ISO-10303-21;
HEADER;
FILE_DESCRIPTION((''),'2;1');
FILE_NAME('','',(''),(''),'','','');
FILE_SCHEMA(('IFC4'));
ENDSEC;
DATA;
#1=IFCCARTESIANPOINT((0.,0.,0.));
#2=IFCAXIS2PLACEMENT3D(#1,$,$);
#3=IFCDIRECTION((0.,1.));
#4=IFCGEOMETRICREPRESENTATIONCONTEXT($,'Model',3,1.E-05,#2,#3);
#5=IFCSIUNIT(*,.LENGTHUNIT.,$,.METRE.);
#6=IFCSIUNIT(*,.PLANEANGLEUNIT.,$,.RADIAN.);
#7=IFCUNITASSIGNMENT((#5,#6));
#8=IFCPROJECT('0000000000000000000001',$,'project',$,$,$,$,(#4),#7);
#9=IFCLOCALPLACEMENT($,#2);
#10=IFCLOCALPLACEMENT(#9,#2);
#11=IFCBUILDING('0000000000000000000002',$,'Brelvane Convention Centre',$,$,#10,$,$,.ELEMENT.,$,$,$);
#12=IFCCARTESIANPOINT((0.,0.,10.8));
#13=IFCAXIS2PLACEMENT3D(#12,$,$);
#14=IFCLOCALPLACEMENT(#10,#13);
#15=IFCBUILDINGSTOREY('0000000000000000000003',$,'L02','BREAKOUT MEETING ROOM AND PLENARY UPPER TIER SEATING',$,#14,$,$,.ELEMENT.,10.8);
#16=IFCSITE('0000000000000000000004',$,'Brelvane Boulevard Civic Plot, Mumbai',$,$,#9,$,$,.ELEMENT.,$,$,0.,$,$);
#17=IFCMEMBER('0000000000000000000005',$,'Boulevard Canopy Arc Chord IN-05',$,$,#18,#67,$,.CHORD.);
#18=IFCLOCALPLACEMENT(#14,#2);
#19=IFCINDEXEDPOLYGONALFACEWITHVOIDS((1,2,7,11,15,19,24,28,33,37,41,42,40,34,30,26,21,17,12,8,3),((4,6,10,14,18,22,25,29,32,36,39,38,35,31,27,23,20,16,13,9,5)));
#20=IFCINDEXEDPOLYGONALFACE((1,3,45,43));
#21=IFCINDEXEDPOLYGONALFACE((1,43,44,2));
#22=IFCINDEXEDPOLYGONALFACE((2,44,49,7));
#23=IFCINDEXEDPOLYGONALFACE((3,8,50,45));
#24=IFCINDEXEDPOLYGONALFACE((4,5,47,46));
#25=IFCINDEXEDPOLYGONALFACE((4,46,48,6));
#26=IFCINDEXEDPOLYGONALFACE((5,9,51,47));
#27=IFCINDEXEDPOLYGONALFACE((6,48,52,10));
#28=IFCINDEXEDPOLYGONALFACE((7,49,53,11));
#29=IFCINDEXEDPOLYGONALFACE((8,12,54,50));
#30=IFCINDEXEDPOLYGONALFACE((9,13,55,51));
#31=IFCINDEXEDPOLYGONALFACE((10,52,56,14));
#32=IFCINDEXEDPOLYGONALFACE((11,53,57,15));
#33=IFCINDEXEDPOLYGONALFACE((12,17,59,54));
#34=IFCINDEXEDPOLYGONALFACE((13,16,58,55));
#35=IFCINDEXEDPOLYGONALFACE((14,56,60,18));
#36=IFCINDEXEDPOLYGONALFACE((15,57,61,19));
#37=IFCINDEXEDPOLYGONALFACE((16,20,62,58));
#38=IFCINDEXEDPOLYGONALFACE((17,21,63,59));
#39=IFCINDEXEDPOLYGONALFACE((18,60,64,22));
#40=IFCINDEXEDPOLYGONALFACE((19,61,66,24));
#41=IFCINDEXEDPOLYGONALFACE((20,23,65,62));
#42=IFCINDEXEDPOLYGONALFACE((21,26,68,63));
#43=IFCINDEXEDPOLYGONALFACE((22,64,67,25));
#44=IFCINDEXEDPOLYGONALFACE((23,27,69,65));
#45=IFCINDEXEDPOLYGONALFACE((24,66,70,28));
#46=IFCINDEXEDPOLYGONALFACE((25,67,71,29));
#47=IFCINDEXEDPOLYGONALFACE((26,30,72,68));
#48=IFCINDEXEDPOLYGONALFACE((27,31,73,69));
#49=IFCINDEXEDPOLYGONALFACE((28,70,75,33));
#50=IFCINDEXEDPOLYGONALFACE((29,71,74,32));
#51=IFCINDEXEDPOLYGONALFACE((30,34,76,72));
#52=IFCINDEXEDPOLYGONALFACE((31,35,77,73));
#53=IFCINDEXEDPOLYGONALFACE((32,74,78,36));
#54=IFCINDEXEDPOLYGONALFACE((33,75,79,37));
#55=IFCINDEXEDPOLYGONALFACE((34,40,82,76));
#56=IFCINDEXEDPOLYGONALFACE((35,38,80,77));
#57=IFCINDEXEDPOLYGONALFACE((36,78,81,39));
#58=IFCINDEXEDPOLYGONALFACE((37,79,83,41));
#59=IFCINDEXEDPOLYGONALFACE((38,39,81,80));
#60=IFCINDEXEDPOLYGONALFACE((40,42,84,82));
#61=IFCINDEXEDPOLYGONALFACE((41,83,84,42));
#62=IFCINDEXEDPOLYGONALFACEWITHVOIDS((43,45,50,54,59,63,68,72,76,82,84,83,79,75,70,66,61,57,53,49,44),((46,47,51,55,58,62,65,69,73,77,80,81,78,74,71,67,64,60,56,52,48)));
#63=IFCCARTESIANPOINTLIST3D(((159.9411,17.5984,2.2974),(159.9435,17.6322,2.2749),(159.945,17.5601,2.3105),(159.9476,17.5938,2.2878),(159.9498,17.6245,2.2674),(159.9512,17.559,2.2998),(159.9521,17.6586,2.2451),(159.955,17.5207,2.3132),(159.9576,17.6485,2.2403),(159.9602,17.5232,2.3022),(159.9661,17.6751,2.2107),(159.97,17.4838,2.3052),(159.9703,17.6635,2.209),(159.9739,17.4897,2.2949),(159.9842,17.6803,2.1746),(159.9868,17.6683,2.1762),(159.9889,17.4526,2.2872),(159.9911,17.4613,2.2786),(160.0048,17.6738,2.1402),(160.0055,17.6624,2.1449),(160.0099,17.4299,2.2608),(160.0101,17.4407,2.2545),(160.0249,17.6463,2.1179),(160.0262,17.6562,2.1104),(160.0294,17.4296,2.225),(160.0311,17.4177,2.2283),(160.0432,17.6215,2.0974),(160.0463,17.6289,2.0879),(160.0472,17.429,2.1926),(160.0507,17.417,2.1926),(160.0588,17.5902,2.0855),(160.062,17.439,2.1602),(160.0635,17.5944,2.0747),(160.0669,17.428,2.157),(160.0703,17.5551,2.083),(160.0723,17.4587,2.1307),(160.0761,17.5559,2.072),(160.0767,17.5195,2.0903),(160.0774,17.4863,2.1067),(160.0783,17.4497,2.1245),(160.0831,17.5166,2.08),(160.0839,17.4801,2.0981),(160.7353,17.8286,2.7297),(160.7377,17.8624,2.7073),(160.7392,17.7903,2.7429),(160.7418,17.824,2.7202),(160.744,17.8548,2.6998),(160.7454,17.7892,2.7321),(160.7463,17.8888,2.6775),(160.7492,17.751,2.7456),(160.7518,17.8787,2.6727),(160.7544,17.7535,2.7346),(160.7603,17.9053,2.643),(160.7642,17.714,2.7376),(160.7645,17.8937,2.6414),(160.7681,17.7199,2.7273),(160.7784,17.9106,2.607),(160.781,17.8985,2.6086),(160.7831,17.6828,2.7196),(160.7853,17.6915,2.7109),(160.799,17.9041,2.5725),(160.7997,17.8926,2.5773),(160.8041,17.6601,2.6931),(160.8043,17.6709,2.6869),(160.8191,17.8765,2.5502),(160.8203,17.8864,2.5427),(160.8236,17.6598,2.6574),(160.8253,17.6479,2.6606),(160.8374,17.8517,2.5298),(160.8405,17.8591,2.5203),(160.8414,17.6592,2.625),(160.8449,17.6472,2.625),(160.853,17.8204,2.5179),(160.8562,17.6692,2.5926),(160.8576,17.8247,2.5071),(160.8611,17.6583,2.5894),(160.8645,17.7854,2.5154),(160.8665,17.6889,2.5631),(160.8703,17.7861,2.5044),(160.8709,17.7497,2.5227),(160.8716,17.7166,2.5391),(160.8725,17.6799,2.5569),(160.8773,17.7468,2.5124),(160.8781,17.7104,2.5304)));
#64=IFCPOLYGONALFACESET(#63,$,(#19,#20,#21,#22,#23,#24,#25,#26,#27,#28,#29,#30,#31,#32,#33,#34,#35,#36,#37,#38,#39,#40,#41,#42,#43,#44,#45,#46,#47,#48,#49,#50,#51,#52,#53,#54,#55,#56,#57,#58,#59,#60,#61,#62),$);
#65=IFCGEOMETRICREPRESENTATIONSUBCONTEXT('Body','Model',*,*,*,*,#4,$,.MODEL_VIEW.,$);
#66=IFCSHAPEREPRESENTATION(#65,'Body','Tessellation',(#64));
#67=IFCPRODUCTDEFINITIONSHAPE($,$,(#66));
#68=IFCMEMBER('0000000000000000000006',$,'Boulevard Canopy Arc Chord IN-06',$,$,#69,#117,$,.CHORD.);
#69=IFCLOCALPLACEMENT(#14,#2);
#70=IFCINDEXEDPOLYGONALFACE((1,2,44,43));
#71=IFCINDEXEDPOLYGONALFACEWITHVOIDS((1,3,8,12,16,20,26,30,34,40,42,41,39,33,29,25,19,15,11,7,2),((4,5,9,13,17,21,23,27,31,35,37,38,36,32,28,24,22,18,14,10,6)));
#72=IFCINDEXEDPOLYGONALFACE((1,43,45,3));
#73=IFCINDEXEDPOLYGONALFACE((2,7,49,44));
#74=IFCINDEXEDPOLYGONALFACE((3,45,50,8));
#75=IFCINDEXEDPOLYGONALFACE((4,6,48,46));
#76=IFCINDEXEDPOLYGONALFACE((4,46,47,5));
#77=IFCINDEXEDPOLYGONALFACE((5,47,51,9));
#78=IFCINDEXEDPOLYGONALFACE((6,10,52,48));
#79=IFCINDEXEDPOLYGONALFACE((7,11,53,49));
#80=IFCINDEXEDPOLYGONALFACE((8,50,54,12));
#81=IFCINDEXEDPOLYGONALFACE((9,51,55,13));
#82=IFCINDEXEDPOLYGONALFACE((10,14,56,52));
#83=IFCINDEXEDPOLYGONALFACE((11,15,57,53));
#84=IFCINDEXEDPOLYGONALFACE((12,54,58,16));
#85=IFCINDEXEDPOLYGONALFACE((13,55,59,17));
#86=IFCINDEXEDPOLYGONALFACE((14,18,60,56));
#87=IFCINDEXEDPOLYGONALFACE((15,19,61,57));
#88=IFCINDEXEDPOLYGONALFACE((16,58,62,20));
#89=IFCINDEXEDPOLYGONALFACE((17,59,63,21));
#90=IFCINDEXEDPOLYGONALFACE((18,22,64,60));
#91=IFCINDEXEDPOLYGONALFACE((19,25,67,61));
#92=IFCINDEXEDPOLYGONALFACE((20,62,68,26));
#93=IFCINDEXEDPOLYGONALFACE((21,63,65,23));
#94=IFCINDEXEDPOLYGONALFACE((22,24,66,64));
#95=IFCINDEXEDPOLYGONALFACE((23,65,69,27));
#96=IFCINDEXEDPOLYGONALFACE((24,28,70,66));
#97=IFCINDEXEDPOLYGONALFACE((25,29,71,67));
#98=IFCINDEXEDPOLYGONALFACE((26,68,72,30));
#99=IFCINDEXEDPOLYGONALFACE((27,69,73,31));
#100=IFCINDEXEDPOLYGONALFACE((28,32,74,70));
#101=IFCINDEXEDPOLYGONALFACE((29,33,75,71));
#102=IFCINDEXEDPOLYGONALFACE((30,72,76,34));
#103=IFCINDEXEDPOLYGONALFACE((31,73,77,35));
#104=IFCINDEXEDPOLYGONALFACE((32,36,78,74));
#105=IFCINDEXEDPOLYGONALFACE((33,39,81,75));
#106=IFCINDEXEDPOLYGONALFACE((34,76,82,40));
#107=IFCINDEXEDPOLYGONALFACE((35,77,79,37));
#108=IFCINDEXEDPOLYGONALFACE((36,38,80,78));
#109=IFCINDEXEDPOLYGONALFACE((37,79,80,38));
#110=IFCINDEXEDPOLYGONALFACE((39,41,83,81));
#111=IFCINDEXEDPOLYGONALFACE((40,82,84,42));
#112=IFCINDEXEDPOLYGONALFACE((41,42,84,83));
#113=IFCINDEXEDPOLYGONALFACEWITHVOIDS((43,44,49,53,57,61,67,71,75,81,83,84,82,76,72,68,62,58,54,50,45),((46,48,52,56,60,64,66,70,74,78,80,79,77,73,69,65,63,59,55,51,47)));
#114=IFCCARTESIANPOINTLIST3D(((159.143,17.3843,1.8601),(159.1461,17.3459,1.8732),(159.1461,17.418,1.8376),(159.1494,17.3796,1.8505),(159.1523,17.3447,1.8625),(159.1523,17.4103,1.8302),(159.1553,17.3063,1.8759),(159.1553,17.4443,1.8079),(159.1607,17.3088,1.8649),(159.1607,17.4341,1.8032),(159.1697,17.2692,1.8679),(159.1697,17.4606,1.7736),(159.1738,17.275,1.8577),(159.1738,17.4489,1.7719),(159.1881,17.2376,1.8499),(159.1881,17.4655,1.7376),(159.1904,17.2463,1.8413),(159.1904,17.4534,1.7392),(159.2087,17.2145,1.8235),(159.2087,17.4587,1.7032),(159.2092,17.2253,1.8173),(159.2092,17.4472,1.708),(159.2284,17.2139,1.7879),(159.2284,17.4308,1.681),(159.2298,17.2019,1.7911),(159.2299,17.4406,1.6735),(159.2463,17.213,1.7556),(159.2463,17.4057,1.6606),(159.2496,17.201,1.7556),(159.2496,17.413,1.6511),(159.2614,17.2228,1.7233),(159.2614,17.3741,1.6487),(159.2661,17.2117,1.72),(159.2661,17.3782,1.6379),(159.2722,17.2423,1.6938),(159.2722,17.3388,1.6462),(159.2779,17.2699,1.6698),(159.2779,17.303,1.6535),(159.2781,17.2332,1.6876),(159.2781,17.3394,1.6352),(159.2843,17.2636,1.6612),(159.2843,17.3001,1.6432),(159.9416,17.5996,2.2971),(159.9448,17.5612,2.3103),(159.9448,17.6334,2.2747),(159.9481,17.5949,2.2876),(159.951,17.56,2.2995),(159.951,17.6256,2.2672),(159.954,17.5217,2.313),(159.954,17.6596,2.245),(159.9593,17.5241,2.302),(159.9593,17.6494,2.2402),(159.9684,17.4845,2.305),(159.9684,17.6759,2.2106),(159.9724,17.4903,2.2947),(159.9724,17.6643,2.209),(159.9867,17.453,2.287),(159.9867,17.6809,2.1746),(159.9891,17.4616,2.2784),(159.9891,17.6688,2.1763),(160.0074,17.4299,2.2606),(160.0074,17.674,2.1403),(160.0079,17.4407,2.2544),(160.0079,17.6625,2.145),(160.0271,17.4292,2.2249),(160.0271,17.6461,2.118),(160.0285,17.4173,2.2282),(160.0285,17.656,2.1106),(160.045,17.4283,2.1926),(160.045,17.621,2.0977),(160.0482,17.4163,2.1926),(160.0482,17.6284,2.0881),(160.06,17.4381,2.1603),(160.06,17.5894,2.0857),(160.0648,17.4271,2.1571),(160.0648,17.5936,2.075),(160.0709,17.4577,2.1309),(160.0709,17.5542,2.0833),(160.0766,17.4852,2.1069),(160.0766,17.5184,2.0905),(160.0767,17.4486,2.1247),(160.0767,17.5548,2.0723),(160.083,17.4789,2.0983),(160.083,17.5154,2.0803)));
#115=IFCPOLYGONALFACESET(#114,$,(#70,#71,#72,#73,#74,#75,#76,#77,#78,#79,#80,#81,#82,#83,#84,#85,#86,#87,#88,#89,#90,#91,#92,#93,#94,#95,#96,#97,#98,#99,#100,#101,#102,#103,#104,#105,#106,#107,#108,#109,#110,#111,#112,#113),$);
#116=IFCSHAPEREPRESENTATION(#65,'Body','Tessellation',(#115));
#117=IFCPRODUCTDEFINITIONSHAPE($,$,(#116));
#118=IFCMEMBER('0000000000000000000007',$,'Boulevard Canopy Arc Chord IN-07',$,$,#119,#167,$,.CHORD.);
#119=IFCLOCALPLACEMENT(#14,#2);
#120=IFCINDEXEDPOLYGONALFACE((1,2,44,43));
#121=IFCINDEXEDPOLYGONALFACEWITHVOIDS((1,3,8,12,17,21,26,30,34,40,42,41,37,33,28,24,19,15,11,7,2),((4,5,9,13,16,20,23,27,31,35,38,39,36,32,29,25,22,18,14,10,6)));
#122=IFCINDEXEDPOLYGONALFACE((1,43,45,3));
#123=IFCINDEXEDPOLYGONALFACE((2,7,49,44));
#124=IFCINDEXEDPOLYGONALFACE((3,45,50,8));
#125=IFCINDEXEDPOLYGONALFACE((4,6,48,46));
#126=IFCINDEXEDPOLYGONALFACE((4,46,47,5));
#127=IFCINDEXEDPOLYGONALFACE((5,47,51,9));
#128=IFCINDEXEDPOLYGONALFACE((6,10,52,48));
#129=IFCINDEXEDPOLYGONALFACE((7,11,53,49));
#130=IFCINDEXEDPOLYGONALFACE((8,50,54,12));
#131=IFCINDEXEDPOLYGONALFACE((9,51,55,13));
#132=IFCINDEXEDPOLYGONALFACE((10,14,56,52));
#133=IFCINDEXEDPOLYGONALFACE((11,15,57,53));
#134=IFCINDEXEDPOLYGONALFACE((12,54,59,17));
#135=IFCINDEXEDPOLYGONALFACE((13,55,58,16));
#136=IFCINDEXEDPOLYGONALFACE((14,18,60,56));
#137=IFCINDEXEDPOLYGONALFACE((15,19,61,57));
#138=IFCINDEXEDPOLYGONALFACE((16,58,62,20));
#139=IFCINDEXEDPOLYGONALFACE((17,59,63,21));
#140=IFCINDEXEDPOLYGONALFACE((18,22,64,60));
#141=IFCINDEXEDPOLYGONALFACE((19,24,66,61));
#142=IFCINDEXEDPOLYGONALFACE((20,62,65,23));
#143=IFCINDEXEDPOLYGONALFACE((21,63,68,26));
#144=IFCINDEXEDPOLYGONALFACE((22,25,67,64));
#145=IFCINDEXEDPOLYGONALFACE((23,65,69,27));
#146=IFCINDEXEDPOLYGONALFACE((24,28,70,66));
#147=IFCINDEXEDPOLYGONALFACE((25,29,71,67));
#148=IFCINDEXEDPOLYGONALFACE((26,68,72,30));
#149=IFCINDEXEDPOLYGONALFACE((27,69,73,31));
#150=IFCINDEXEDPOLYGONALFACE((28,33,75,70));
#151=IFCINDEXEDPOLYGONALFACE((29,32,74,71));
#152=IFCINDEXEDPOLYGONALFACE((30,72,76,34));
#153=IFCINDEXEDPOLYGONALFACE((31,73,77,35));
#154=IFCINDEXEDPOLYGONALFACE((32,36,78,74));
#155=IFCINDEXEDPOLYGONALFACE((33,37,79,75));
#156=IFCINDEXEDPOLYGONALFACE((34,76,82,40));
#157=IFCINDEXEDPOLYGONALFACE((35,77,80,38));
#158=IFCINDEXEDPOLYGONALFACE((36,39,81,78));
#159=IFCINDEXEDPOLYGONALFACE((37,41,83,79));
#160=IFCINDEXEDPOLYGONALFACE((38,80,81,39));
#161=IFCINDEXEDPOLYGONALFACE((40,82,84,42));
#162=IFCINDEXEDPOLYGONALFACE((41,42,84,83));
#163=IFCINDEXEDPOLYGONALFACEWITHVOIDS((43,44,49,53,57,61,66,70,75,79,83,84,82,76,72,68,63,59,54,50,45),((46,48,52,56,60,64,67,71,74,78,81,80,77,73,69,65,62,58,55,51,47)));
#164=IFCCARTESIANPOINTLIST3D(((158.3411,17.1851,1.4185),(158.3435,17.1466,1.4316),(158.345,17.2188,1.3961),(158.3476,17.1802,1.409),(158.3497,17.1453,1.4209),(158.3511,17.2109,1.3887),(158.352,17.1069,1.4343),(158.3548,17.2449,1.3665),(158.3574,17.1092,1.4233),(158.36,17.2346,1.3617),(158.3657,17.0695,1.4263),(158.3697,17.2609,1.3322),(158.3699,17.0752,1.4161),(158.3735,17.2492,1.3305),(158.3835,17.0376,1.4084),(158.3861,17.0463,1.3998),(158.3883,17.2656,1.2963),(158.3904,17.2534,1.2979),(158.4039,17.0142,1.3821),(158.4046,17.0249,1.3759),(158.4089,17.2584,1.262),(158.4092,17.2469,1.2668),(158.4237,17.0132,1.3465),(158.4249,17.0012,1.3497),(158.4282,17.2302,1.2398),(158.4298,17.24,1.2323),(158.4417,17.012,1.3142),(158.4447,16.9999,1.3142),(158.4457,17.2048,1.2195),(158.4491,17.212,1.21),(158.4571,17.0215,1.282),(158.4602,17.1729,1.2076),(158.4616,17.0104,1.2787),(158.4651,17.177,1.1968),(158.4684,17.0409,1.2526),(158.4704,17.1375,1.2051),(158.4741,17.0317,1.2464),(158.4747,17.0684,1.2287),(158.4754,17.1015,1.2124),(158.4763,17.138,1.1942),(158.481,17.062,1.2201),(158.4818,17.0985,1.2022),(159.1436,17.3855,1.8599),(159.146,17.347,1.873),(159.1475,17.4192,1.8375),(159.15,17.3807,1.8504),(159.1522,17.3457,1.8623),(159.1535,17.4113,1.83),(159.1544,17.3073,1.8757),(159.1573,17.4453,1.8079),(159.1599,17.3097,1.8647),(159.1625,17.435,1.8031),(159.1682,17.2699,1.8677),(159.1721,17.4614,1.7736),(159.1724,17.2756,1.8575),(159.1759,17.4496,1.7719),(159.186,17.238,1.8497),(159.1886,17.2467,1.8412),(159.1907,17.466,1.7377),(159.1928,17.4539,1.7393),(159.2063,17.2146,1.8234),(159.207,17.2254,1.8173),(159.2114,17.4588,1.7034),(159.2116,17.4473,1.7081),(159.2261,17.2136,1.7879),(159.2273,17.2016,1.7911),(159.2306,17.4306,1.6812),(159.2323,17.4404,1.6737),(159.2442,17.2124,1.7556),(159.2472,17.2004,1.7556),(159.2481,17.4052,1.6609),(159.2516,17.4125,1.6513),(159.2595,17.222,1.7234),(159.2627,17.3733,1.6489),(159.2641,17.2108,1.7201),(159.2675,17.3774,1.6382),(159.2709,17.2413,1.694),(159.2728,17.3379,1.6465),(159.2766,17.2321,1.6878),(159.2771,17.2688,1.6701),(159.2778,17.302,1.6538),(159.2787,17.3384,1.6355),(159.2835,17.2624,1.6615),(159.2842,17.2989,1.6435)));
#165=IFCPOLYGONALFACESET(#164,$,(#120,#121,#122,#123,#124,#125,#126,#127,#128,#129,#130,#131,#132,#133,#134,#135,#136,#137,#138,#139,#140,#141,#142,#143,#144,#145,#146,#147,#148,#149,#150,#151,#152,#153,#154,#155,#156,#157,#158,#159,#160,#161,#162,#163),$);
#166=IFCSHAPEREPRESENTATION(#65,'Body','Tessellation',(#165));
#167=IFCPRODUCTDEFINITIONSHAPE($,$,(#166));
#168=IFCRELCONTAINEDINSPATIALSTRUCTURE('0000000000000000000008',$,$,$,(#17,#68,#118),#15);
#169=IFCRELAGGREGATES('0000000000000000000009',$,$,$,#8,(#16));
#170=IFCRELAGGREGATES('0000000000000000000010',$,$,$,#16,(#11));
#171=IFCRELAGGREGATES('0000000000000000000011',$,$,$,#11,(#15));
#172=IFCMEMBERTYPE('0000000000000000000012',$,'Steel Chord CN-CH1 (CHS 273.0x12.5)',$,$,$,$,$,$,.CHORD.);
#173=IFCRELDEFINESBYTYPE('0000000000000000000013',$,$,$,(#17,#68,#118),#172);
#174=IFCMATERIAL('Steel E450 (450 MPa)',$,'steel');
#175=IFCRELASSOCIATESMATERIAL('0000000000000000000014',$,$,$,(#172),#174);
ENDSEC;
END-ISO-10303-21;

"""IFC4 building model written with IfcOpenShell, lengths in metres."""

from ifc_helpers import new_model, si_unit, direction, frame, origin, origin_2d, place, context, subcontext, project, spatial, hollow_circle, extrude, material, material_profile, profile_set, type_object, element, save


model = new_model("IFC4")

# Units and contexts
model_context = context("Model", 3, precision=1e-05, world=origin(), true_north=direction((0.0, 1.0)))
body_context = subcontext(model_context, "Body", "Model", "MODEL_VIEW")
ifc_project = project(units=[si_unit("LENGTHUNIT", "METRE"), si_unit("PLANEANGLEUNIT", "RADIAN")], contexts=[model_context])

# Site, building, storey
site_placement = place(None, origin())
site = spatial("IfcSite", under=ifc_project, at=site_placement, Name="Brelvane Boulevard Civic Plot, Mumbai", CompositionType="ELEMENT", RefElevation=0.0)
building_placement = place(site_placement, origin())
building = spatial("IfcBuilding", under=site, at=building_placement, Name="Brelvane Convention Centre", CompositionType="ELEMENT")
storey_placement = place(building_placement, frame((0.0, 0.0, 10.8)))
storey = spatial("IfcBuildingStorey", under=building, at=storey_placement, Name="L02", Description="BREAKOUT MEETING ROOM AND PLENARY UPPER TIER SEATING", CompositionType="ELEMENT", Elevation=10.8)

# Members
ifc_material_1 = material(Name="Steel E450 (450 MPa)", Category="steel")
ifc_material_profile_1 = material_profile(ifc_material_1, hollow_circle(Radius=0.1365, WallThickness=0.0125, at=origin_2d()), Name="CHS 273.0x12.5")
ifc_profile_set_1 = profile_set([ifc_material_profile_1], Name="Steel E450 (450 MPa)")
member_type_1 = type_object("IfcMemberType", Name="Steel Chord CN-CH1 (CHS 273.0x12.5)", PredefinedType="CHORD", material=ifc_profile_set_1)
member_1_placement = place(storey_placement, frame((160.8069, 17.7783, 2.625), z_axis=(-0.851125, -0.246729, -0.46337), x_axis=(0.278424, -0.960458, 0.0)))
element("IfcMember", 1, at=member_1_placement, inside=storey, type_object=member_type_1, Name="Boulevard Canopy Arc Chord IN-05", PredefinedType="CHORD", context=body_context, shape_type="SweptSolid", body=[
    extrude(hollow_circle(Radius=0.1365, WallThickness=0.0125, at=origin_2d()), origin(), (0.0, 0.0, 1.0), 0.9331),
])
member_2_placement = place(storey_placement, frame((160.0127, 17.5481, 2.1926), z_axis=(-0.853681, -0.230189, -0.467163), x_axis=(0.260344, -0.965516, 0.0)))
element("IfcMember", 2, at=member_2_placement, inside=storey, type_object=member_type_1, Name="Boulevard Canopy Arc Chord IN-06", PredefinedType="CHORD", context=body_context, shape_type="SweptSolid", body=[
    extrude(hollow_circle(Radius=0.1365, WallThickness=0.0125, at=origin_2d()), origin(), (0.0, 0.0, 1.0), 0.9355),
])
member_3_placement = place(storey_placement, frame((159.2141, 17.3328, 1.7556), z_axis=(-0.855941, -0.21379, -0.470807), x_axis=(0.242327, -0.970195, 0.0)))
element("IfcMember", 3, at=member_3_placement, inside=storey, type_object=member_type_1, Name="Boulevard Canopy Arc Chord IN-07", PredefinedType="CHORD", context=body_context, shape_type="SweptSolid", body=[
    extrude(hollow_circle(Radius=0.1365, WallThickness=0.0125, at=origin_2d()), origin(), (0.0, 0.0, 1.0), 0.9375),
])

save(model, "model.ifc")
